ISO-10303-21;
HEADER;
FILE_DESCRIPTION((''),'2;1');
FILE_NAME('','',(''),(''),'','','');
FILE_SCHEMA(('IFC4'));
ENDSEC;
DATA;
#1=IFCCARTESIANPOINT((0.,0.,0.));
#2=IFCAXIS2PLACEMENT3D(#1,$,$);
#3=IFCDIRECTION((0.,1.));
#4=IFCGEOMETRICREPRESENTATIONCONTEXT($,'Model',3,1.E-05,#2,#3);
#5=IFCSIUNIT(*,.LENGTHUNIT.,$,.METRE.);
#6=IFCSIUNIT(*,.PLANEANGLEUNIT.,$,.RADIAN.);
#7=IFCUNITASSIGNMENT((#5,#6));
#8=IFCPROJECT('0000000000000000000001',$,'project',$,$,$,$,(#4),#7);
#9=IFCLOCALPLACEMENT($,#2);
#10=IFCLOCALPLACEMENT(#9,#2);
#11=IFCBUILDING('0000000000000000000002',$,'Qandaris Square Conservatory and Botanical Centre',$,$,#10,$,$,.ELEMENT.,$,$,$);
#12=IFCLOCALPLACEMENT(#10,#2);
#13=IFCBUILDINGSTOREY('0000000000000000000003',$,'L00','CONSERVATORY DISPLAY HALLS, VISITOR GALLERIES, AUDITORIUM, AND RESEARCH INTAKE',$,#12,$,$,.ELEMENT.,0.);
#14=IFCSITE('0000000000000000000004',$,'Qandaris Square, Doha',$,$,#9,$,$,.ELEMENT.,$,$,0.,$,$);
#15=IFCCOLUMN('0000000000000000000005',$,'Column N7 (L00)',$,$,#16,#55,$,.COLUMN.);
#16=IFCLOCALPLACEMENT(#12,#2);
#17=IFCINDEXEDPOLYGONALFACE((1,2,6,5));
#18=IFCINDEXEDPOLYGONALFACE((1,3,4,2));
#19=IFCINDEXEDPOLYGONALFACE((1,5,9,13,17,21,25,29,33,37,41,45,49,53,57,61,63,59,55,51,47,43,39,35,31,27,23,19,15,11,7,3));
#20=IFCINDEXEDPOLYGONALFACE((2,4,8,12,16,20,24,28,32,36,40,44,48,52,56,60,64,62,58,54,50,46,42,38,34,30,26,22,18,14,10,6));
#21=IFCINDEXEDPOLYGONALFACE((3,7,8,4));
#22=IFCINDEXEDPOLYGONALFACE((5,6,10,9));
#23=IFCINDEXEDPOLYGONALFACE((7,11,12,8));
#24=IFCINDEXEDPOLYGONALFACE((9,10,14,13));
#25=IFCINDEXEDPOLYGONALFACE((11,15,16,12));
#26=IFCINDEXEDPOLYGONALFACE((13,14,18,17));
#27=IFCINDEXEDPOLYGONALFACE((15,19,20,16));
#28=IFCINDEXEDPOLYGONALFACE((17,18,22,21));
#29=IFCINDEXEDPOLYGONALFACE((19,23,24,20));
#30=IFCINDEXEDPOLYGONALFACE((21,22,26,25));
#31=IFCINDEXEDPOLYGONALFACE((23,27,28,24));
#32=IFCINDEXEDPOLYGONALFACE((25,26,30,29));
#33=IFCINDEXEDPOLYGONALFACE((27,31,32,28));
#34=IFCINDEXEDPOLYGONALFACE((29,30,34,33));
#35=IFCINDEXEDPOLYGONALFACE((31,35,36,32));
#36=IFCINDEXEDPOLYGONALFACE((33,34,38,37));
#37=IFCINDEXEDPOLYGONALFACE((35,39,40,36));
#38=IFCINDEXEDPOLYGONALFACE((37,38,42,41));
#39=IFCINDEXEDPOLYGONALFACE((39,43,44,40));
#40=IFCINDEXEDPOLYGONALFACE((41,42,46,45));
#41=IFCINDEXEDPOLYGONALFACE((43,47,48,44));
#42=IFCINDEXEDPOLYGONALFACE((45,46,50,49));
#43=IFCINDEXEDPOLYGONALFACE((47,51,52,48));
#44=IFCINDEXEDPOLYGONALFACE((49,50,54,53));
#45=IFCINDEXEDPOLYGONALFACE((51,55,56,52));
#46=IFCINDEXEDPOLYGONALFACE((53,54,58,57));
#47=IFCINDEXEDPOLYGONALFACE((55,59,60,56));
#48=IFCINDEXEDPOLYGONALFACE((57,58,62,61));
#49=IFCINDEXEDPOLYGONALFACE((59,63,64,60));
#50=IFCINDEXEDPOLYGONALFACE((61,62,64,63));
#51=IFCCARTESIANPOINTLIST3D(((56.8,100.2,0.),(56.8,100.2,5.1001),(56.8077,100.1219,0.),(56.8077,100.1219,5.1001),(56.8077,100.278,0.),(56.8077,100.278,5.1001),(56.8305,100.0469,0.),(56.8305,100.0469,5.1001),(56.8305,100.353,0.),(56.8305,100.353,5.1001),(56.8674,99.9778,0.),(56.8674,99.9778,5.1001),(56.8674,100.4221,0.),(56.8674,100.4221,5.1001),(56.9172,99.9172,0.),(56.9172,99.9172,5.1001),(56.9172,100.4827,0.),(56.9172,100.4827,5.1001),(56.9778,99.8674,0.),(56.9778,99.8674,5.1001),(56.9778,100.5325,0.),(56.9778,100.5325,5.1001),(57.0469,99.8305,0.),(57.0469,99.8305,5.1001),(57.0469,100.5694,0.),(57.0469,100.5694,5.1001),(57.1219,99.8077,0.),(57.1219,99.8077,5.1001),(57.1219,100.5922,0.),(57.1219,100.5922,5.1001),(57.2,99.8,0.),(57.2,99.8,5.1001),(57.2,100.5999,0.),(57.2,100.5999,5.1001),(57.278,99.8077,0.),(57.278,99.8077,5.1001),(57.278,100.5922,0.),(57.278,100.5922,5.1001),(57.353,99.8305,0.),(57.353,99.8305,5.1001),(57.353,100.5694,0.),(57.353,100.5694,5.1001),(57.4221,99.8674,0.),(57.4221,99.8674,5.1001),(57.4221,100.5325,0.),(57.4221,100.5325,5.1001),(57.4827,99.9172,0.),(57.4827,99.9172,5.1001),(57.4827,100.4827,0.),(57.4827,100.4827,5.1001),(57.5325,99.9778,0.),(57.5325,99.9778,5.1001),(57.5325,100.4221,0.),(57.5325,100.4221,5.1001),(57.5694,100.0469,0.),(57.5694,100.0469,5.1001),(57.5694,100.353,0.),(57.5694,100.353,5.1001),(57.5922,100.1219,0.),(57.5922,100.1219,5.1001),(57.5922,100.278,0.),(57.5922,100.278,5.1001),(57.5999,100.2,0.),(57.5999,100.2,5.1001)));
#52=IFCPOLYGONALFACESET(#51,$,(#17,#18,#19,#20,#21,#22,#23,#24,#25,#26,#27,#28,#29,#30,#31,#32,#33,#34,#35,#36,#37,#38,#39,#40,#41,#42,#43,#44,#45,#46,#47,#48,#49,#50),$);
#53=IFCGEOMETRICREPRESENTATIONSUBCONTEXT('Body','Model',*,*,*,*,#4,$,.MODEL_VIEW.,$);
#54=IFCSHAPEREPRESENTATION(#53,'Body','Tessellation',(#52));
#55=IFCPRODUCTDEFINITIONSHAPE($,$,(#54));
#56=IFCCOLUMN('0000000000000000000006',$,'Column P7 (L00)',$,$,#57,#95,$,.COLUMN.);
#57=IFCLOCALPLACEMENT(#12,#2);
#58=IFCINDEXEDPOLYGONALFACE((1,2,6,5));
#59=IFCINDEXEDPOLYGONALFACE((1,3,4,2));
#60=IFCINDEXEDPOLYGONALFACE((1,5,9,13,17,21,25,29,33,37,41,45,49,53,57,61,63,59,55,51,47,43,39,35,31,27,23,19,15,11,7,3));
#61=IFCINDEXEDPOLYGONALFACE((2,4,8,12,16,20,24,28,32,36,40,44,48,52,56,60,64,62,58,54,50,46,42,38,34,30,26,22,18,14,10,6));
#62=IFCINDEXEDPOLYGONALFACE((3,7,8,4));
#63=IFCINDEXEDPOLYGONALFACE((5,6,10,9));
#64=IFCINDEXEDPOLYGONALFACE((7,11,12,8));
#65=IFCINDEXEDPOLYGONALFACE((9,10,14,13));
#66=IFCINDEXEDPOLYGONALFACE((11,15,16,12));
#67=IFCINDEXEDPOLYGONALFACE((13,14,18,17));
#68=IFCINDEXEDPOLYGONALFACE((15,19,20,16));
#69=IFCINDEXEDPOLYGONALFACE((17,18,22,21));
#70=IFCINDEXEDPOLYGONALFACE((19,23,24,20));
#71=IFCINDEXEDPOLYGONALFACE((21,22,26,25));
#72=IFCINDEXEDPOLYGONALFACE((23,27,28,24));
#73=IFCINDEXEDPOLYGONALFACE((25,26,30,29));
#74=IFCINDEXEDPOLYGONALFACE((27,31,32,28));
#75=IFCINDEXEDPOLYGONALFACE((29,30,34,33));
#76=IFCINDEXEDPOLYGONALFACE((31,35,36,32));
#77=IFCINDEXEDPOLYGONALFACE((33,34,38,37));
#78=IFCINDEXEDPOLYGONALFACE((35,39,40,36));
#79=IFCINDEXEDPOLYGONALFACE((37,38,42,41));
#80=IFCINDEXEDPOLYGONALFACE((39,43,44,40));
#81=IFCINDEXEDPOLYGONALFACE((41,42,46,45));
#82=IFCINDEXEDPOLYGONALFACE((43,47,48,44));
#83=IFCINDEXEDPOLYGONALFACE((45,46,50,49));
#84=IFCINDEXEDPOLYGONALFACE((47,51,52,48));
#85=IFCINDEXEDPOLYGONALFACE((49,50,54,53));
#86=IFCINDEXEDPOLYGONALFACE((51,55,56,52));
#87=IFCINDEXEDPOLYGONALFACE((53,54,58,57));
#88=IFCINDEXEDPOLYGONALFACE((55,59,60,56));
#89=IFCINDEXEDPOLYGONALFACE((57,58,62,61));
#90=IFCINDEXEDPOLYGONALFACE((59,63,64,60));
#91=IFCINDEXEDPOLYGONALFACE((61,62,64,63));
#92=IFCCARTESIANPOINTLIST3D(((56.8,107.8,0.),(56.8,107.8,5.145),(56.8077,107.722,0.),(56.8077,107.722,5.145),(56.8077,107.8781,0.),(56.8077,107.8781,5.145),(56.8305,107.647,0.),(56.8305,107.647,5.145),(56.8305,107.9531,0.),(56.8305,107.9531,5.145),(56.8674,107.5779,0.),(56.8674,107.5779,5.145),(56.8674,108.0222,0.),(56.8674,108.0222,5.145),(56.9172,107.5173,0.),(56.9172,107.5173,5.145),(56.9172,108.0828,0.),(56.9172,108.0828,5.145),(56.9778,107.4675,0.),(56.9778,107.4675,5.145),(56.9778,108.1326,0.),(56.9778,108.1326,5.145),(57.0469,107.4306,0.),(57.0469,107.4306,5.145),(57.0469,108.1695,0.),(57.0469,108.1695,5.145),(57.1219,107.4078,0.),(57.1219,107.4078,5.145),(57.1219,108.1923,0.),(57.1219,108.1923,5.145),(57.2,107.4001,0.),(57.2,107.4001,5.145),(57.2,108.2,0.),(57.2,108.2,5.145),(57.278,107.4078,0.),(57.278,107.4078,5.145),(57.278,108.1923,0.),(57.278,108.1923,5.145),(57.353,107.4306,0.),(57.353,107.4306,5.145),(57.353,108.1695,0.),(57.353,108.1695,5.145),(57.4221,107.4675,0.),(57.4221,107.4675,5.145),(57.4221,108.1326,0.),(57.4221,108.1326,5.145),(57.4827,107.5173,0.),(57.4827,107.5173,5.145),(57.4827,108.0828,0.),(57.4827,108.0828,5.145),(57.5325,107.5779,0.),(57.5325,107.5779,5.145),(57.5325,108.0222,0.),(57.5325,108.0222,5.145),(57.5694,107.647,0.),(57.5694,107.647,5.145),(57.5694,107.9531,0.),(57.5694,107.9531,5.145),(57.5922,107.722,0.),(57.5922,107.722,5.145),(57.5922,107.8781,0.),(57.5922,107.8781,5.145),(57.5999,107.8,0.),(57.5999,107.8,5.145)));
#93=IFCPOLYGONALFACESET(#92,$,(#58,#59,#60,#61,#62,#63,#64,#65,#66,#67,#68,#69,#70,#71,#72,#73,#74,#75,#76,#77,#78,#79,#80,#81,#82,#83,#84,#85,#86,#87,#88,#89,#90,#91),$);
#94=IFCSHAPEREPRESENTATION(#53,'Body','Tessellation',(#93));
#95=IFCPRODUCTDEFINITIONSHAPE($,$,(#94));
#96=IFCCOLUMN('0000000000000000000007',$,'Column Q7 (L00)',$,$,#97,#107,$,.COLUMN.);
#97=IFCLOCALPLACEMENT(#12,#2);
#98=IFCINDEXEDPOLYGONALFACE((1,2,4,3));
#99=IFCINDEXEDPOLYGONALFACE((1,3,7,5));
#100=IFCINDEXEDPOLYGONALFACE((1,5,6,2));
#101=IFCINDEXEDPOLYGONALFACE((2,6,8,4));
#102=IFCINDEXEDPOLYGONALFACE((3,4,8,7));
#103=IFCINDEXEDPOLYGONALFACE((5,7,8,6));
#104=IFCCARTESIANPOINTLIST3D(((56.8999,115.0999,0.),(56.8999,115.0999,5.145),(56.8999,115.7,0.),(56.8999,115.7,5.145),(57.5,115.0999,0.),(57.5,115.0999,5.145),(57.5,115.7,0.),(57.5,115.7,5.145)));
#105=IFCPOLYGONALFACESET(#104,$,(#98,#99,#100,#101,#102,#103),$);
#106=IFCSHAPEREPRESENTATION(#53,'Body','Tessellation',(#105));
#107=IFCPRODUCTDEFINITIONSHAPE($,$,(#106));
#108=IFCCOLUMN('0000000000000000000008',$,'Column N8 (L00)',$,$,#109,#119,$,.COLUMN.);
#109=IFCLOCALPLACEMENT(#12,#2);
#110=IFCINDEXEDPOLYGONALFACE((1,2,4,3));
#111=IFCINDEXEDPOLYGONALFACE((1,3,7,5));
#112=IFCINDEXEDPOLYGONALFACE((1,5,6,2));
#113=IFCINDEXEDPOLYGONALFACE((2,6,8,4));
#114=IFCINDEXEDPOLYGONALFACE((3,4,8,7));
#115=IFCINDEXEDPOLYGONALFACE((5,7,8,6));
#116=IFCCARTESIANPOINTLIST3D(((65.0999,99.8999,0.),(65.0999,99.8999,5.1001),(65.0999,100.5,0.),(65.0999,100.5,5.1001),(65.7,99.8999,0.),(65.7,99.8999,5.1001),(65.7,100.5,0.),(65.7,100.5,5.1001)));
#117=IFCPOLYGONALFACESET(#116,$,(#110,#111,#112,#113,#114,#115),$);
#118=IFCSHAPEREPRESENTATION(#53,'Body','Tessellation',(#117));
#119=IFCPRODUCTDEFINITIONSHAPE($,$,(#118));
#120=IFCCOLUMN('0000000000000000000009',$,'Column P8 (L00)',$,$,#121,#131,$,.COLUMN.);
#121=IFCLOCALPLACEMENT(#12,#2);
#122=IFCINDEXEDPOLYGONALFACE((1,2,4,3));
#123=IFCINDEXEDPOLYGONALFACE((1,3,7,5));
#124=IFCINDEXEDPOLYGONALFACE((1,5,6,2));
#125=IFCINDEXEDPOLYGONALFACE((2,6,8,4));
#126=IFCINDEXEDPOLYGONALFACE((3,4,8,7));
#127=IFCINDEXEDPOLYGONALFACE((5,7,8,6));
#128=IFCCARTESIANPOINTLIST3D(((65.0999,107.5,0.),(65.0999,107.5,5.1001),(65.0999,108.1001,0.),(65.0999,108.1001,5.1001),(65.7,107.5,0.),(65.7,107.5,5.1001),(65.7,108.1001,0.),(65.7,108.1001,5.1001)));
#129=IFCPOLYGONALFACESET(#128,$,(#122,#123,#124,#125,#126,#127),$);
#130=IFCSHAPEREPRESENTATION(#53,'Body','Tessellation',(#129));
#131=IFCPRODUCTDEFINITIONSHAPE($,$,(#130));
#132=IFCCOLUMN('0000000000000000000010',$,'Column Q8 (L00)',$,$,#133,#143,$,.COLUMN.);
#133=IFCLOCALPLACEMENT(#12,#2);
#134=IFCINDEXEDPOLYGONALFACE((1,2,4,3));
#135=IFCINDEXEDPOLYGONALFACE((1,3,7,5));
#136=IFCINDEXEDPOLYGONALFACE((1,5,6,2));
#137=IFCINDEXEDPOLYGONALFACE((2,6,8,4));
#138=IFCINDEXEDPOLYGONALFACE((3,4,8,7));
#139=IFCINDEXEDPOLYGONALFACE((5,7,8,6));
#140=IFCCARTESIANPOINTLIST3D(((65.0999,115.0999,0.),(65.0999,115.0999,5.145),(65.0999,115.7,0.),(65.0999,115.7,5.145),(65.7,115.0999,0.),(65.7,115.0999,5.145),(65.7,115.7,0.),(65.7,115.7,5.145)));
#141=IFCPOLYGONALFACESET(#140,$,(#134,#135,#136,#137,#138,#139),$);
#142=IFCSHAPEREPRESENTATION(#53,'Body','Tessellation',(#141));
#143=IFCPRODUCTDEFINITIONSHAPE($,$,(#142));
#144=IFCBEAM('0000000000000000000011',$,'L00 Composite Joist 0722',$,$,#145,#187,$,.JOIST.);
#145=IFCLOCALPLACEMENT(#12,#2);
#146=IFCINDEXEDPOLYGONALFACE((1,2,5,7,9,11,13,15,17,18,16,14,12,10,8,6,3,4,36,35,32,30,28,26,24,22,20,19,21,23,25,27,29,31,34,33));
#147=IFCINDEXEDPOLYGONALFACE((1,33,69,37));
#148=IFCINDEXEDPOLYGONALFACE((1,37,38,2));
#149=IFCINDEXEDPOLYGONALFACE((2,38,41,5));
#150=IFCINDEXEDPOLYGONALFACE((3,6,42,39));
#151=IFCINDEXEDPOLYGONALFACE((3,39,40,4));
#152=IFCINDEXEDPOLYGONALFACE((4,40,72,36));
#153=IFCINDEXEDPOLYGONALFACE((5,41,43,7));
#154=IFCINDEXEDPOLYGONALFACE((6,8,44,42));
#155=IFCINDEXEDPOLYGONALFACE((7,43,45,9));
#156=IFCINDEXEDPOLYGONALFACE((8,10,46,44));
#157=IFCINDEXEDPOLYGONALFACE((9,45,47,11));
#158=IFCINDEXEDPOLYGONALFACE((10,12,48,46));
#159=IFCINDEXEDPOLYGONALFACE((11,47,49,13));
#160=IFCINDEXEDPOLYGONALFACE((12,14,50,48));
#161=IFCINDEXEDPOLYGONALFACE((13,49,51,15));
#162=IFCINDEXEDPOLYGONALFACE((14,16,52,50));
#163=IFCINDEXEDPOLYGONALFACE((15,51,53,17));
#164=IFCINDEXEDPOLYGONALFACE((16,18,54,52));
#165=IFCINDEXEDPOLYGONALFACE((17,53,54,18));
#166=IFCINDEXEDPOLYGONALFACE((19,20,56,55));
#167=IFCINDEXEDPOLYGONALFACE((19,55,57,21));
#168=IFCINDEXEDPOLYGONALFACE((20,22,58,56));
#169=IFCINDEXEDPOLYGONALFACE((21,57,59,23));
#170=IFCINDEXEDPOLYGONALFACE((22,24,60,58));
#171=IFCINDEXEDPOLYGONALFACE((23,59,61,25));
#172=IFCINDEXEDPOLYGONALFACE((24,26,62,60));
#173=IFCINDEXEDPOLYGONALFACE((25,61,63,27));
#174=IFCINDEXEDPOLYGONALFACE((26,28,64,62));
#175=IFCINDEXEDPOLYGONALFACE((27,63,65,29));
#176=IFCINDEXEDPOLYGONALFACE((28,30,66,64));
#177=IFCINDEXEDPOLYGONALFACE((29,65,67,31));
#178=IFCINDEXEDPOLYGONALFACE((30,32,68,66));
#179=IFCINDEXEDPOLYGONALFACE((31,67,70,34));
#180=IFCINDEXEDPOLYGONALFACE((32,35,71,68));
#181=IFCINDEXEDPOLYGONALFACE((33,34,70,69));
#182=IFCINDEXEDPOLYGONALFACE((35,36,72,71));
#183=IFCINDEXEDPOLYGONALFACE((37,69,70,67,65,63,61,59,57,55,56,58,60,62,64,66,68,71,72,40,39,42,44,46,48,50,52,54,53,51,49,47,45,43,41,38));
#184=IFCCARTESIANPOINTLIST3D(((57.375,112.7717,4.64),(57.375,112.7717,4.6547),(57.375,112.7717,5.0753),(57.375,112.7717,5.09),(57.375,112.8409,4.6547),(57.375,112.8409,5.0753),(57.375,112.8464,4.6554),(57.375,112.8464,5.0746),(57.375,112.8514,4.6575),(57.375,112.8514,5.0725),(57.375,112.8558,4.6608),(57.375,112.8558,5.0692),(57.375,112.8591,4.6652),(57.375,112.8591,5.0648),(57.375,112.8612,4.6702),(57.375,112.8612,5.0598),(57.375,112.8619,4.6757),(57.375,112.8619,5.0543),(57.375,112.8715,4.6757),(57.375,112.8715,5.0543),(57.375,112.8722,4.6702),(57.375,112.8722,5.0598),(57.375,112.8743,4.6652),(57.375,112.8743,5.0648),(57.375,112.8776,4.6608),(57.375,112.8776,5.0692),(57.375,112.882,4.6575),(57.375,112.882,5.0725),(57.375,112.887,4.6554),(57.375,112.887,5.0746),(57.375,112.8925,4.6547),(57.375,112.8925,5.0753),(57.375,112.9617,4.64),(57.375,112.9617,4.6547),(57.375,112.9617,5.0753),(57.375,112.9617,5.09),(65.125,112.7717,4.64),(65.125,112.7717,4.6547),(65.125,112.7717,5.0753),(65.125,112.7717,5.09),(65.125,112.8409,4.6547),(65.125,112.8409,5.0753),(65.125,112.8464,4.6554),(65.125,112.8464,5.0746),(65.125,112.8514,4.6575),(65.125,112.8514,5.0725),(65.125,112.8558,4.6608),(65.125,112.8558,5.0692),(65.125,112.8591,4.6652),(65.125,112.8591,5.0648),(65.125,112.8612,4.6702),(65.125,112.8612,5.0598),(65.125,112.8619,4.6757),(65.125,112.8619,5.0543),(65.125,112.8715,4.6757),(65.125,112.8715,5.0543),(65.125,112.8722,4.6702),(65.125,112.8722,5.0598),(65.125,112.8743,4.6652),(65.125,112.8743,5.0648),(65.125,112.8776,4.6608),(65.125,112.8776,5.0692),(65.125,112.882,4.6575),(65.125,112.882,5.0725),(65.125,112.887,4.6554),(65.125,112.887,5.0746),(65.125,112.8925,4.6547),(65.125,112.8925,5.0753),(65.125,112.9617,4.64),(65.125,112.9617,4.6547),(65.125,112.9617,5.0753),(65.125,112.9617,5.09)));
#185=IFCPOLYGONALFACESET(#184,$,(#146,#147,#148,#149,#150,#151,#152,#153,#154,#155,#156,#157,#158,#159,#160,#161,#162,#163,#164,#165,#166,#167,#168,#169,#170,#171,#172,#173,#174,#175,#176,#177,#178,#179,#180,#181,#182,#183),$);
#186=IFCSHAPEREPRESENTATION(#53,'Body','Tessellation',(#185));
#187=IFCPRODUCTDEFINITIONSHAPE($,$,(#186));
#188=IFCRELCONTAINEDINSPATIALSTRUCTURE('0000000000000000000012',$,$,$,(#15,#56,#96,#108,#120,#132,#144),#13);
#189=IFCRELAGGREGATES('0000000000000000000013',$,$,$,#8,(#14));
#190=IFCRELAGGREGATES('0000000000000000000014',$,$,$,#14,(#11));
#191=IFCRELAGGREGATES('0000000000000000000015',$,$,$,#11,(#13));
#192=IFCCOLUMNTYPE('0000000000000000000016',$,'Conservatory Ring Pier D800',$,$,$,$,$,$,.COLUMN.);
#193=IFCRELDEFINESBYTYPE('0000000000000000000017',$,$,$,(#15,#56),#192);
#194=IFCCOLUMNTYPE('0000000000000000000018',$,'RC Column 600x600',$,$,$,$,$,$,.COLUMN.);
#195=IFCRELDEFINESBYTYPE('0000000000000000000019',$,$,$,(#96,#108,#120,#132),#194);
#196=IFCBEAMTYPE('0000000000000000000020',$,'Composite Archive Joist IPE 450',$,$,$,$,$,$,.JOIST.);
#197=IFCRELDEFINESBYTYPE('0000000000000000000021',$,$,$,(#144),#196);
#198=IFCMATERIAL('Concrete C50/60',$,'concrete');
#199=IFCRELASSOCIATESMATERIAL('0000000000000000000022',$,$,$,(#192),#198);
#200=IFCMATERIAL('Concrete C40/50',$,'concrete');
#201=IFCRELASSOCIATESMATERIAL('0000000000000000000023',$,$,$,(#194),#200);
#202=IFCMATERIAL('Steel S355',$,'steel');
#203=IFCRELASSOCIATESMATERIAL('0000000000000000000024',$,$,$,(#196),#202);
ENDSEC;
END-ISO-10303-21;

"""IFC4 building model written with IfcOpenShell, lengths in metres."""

from ifc_helpers import new_model, si_unit, direction, frame, origin, origin_2d, place, context, subcontext, project, spatial, rectangle, circle, i_section, extrude, material, material_profile, profile_set, type_object, element, save


model = new_model("IFC4")

# Units and contexts
model_context = context("Model", 3, precision=1e-05, world=origin(), true_north=direction((0.0, 1.0)))
body_context = subcontext(model_context, "Body", "Model", "MODEL_VIEW")
ifc_project = project(units=[si_unit("LENGTHUNIT", "METRE"), si_unit("PLANEANGLEUNIT", "RADIAN")], contexts=[model_context])

# Site, building, storey
site_placement = place(None, origin())
site = spatial("IfcSite", under=ifc_project, at=site_placement, Name="Qandaris Square, Doha", CompositionType="ELEMENT", RefElevation=0.0)
building_placement = place(site_placement, origin())
building = spatial("IfcBuilding", under=site, at=building_placement, Name="Qandaris Square Conservatory and Botanical Centre", CompositionType="ELEMENT")
storey_placement = place(building_placement, origin())
storey = spatial("IfcBuildingStorey", under=building, at=storey_placement, Name="L00", Description="CONSERVATORY DISPLAY HALLS, VISITOR GALLERIES, AUDITORIUM, AND RESEARCH INTAKE", CompositionType="ELEMENT", Elevation=0.0)

# Shared definitions
ifc_material_1 = material(Name="Concrete C50/60", Category="concrete")

# Shared definitions
ifc_material_2 = material(Name="Concrete C40/50", Category="concrete")

# Columns
ifc_material_profile_1 = material_profile(ifc_material_1, circle(Radius=0.3999, at=origin_2d()), Name="RC-COL D800")
ifc_profile_set_1 = profile_set([ifc_material_profile_1], Name="Concrete C50/60")
column_type_1 = type_object("IfcColumnType", Name="Conservatory Ring Pier D800", PredefinedType="COLUMN", material=ifc_profile_set_1)
column_1_placement = place(storey_placement, frame((57.2, 100.2, 0.0), z_axis=(0.0, 0.0, 1.0), x_axis=(1.0, 0.0, 0.0)))
element("IfcColumn", 1, at=column_1_placement, inside=storey, type_object=column_type_1, Name="Column N7 (L00)", PredefinedType="COLUMN", context=body_context, shape_type="SweptSolid", body=[
    extrude(circle(Radius=0.3999, at=origin_2d()), origin(), (0.0, 0.0, 1.0), 5.1001),
])
column_2_placement = place(storey_placement, frame((57.2, 107.8, 0.0), z_axis=(0.0, 0.0, 1.0), x_axis=(1.0, 0.0, 0.0)))
element("IfcColumn", 2, at=column_2_placement, inside=storey, type_object=column_type_1, Name="Column P7 (L00)", PredefinedType="COLUMN", context=body_context, shape_type="SweptSolid", body=[
    extrude(circle(Radius=0.3999, at=origin_2d()), origin(), (0.0, 0.0, 1.0), 5.145),
])
ifc_material_profile_2 = material_profile(ifc_material_2, rectangle(XDim=0.6001, YDim=0.6001, at=origin_2d()), Name="RC-COL 600x600")
ifc_profile_set_2 = profile_set([ifc_material_profile_2], Name="Concrete C40/50")
column_type_2 = type_object("IfcColumnType", Name="RC Column 600x600", PredefinedType="COLUMN", material=ifc_profile_set_2)
column_3_placement = place(storey_placement, frame((57.2, 115.3999, 0.0), z_axis=(0.0, 0.0, 1.0), x_axis=(1.0, 0.0, 0.0)))
element("IfcColumn", 3, at=column_3_placement, inside=storey, type_object=column_type_2, Name="Column Q7 (L00)", PredefinedType="COLUMN", context=body_context, shape_type="SweptSolid", body=[
    extrude(rectangle(XDim=0.6001, YDim=0.6001, at=origin_2d()), origin(), (0.0, 0.0, 1.0), 5.145),
])
for number, where, z_axis, x_axis, name in (
    (4, (65.3999, 100.2, 0.0), (0.0, 0.0, 1.0), (1.0, 0.0, 0.0), "Column N8 (L00)"),
    (5, (65.3999, 107.8, 0.0), (0.0, 0.0, 1.0), (1.0, 0.0, 0.0), "Column P8 (L00)"),
):
    element("IfcColumn", number, at=place(storey_placement, frame(where, z_axis=z_axis, x_axis=x_axis)), inside=storey, type_object=column_type_2, Name=name, PredefinedType="COLUMN", context=body_context, shape_type="SweptSolid", body=[
        extrude(rectangle(XDim=0.6001, YDim=0.6001, at=origin_2d()), origin(), (0.0, 0.0, 1.0), 5.1001),
    ])
column_4_placement = place(storey_placement, frame((65.3999, 115.3999, 0.0), z_axis=(0.0, 0.0, 1.0), x_axis=(1.0, 0.0, 0.0)))
element("IfcColumn", 6, at=column_4_placement, inside=storey, type_object=column_type_2, Name="Column Q8 (L00)", PredefinedType="COLUMN", context=body_context, shape_type="SweptSolid", body=[
    extrude(rectangle(XDim=0.6001, YDim=0.6001, at=origin_2d()), origin(), (0.0, 0.0, 1.0), 5.145),
])

# Beam
ifc_material_3 = material(Name="Steel S355", Category="steel")
ifc_material_profile_3 = material_profile(ifc_material_3, i_section(OverallWidth=0.1899, OverallDepth=0.45, WebThickness=0.0095, FlangeThickness=0.0146, FilletRadius=0.021, at=origin_2d()), Name="IPE 450")
ifc_profile_set_3 = profile_set([ifc_material_profile_3], Name="Steel S355")
beam_type_1 = type_object("IfcBeamType", Name="Composite Archive Joist IPE 450", PredefinedType="JOIST", material=ifc_profile_set_3)
beam_1_placement = place(storey_placement, frame((57.375, 112.8667, 4.865), z_axis=(1.0, 0.0, 0.0), x_axis=(0.0, 1.0, 0.0)))
element("IfcBeam", 7, at=beam_1_placement, inside=storey, type_object=beam_type_1, Name="L00 Composite Joist 0722", PredefinedType="JOIST", context=body_context, shape_type="SweptSolid", body=[
    extrude(i_section(OverallWidth=0.1899, OverallDepth=0.45, WebThickness=0.0095, FlangeThickness=0.0146, FilletRadius=0.021, at=origin_2d()), origin(), (0.0, 0.0, 1.0), 7.75),
])

save(model, "model.ifc")
